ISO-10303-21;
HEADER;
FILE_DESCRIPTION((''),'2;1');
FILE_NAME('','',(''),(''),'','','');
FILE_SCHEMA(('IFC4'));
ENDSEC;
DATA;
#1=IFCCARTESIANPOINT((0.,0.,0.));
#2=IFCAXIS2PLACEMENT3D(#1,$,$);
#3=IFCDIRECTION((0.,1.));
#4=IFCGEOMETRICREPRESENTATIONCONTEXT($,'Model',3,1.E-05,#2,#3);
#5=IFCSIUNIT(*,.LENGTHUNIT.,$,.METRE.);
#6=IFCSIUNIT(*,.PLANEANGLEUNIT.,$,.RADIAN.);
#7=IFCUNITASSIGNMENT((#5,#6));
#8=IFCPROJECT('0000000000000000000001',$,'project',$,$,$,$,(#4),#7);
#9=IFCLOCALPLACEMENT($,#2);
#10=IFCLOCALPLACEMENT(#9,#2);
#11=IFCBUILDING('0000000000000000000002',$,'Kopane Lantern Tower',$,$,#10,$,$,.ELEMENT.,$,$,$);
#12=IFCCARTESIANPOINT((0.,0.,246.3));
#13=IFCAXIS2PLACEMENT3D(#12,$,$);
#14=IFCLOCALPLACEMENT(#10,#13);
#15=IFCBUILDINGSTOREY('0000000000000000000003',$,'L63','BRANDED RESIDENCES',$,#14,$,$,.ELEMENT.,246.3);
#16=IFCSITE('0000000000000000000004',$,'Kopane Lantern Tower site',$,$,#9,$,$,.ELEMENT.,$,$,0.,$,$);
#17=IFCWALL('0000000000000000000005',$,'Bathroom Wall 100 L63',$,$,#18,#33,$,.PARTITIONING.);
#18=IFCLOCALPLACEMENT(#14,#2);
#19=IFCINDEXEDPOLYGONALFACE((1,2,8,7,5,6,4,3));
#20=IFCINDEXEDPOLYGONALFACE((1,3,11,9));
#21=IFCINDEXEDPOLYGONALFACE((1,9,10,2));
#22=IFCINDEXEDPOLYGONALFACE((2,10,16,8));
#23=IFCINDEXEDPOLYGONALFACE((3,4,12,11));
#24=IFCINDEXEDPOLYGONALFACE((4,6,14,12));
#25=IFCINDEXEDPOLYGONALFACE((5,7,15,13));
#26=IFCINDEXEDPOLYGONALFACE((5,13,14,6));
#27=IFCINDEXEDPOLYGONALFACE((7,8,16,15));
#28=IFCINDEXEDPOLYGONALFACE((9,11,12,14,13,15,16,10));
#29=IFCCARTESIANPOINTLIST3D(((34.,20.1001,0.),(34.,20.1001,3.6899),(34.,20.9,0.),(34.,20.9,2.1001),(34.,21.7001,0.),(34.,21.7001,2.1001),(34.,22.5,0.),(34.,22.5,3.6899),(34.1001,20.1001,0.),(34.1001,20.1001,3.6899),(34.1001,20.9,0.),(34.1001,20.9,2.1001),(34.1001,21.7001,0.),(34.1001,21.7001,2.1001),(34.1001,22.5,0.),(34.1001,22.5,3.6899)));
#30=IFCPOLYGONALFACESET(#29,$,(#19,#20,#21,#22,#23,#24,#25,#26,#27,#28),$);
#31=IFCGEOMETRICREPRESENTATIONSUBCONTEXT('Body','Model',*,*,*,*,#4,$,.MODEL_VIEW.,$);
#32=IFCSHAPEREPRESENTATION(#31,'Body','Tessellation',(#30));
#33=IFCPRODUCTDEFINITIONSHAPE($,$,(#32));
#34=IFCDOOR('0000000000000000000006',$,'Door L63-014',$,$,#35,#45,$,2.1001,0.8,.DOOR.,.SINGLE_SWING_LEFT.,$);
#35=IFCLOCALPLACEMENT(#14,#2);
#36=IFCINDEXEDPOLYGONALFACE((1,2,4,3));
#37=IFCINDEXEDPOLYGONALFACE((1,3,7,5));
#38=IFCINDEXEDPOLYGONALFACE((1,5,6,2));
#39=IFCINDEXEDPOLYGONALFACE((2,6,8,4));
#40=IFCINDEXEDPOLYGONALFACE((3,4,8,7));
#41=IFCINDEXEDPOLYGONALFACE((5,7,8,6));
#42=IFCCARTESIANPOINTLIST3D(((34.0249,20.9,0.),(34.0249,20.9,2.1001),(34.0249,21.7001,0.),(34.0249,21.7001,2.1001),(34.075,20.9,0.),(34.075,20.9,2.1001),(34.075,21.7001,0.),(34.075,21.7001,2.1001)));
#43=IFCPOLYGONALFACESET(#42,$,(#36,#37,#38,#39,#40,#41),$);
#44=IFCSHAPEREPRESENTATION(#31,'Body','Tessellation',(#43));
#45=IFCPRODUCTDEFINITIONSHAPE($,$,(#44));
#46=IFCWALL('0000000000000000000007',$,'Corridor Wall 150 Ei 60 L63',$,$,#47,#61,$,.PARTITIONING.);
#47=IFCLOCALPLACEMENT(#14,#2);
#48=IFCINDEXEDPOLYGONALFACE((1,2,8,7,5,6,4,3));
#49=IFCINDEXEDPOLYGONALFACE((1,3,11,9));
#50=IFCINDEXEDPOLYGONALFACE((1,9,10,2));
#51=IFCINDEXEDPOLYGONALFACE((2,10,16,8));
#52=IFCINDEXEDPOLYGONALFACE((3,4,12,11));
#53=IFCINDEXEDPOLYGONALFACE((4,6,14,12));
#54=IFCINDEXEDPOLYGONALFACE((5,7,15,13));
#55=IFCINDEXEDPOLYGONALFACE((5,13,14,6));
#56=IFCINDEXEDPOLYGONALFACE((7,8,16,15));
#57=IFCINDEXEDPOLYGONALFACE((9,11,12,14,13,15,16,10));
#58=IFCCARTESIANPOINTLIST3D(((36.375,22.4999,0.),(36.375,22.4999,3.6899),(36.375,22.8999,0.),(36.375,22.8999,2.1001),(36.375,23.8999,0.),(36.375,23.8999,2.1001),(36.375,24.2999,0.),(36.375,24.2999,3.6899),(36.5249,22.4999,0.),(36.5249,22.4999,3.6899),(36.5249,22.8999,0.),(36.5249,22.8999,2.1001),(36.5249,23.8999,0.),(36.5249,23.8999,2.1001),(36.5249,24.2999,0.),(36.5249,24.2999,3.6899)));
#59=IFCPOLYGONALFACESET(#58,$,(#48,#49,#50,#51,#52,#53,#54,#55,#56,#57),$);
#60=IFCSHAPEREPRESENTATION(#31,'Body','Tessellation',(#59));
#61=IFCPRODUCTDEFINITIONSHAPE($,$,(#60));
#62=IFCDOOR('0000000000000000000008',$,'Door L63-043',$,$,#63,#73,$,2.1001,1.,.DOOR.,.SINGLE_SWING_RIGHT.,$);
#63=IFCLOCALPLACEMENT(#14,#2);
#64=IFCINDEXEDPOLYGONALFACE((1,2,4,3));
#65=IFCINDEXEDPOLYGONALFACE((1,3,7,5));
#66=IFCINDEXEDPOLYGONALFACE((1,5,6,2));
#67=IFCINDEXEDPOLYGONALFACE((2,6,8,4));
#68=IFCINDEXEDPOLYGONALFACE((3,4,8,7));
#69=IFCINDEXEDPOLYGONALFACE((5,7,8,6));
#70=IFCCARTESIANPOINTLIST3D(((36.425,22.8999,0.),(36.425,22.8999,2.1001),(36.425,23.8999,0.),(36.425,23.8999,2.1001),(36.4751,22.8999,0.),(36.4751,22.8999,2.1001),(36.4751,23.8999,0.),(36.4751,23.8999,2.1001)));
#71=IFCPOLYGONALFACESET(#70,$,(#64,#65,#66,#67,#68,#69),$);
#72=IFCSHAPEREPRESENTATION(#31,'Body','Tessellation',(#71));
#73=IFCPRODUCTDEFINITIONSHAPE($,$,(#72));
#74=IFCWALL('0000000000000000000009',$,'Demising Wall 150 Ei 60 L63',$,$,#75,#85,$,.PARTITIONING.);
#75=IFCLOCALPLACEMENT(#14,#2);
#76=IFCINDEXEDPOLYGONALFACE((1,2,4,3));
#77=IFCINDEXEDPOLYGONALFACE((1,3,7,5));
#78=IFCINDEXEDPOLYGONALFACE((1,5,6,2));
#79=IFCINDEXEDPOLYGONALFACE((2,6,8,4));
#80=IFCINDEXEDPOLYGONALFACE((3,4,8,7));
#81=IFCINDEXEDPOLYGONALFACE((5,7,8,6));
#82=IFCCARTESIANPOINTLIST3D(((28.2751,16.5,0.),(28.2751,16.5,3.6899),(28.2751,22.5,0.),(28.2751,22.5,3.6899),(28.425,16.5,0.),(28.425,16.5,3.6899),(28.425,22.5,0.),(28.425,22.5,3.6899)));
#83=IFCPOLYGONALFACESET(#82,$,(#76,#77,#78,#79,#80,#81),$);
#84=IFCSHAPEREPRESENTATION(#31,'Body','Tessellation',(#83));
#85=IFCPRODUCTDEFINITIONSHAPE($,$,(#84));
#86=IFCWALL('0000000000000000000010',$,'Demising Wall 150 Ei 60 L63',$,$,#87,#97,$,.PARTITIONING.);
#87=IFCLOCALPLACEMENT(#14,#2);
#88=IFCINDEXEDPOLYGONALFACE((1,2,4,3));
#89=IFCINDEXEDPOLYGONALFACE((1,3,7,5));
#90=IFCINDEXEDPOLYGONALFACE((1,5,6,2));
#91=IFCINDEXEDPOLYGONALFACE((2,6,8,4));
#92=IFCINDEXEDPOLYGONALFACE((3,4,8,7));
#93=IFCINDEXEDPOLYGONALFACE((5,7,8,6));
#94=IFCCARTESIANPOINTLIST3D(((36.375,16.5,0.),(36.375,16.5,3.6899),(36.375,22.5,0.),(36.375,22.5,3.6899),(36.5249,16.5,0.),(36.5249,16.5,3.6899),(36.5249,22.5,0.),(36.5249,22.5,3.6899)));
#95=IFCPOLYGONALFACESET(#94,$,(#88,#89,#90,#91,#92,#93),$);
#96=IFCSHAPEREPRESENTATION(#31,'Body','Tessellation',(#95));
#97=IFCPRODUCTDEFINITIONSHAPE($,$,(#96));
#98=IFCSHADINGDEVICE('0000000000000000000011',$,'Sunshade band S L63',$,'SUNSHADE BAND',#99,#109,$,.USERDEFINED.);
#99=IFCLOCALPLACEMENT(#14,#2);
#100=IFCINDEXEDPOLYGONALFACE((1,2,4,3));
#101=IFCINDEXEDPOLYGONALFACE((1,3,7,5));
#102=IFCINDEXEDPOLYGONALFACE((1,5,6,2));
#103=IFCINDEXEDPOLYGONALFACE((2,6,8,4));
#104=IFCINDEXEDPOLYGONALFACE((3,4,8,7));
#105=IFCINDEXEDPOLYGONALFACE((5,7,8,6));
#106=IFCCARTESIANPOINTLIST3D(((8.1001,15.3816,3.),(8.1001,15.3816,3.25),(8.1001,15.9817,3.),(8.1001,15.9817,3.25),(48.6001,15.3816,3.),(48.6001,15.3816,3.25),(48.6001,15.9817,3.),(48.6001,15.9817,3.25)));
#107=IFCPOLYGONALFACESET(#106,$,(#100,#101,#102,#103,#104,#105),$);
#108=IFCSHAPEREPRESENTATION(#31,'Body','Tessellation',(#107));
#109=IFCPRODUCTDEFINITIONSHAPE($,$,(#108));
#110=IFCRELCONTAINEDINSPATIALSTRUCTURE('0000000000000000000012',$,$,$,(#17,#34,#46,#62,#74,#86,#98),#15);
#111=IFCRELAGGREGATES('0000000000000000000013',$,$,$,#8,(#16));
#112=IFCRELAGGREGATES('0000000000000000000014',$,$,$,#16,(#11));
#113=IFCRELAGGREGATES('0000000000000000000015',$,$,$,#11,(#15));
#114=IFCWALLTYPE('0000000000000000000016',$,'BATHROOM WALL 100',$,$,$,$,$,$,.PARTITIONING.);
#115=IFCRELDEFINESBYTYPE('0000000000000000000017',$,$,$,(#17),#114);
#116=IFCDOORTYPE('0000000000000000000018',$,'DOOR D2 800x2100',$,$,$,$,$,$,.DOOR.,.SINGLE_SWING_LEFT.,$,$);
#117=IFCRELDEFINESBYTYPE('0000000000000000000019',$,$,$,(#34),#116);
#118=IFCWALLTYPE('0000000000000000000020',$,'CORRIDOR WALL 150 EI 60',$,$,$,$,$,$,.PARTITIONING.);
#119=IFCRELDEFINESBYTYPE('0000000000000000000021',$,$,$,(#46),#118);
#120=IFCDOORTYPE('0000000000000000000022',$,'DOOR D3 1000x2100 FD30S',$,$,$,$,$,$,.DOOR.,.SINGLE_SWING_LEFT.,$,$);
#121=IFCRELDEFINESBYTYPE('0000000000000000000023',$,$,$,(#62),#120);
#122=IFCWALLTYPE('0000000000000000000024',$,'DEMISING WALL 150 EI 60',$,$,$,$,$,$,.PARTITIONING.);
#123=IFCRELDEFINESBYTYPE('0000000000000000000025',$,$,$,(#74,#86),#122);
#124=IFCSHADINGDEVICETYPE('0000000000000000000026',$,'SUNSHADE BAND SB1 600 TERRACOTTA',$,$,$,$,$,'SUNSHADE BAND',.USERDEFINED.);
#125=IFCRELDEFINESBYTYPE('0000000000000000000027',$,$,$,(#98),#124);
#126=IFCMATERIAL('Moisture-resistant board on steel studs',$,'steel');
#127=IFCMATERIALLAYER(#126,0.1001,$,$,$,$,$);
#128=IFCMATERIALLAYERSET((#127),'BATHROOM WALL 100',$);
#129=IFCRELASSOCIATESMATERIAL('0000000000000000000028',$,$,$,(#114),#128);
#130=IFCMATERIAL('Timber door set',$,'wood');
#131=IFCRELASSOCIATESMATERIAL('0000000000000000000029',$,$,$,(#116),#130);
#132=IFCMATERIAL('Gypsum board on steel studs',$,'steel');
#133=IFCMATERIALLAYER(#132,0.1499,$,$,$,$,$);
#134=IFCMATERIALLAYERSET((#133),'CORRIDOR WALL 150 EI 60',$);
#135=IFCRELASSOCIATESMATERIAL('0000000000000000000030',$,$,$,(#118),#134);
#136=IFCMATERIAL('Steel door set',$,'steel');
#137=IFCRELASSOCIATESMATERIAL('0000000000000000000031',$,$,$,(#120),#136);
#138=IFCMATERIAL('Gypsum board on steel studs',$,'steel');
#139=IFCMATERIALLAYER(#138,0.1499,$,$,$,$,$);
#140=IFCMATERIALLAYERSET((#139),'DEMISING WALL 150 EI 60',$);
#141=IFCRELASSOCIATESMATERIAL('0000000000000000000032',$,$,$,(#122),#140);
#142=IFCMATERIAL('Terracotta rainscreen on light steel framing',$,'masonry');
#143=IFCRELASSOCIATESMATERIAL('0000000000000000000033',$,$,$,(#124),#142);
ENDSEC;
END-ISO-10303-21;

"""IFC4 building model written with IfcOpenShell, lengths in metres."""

from ifc_helpers import new_model, si_unit, direction, frame, frame_2d, origin, origin_2d, place, context, subcontext, project, spatial, rectangle, extrude, material, layer, layer_set, type_object, element, fill, save


model = new_model("IFC4")

# Units and contexts
model_context = context("Model", 3, precision=1e-05, world=origin(), true_north=direction((0.0, 1.0)))
body_context = subcontext(model_context, "Body", "Model", "MODEL_VIEW")
ifc_project = project(units=[si_unit("LENGTHUNIT", "METRE"), si_unit("PLANEANGLEUNIT", "RADIAN")], contexts=[model_context])

# Site, building, storey
site_placement = place(None, origin())
site = spatial("IfcSite", under=ifc_project, at=site_placement, Name="Kopane Lantern Tower site", CompositionType="ELEMENT", RefElevation=0.0)
building_placement = place(site_placement, origin())
building = spatial("IfcBuilding", under=site, at=building_placement, Name="Kopane Lantern Tower", CompositionType="ELEMENT")
storey_placement = place(building_placement, frame((0.0, 0.0, 246.3)))
storey = spatial("IfcBuildingStorey", under=building, at=storey_placement, Name="L63", Description="BRANDED RESIDENCES", CompositionType="ELEMENT", Elevation=246.3)

# Walls, openings, doors
ifc_material_1 = material(Name="Moisture-resistant board on steel studs", Category="steel")
ifc_layer_1 = layer(ifc_material_1, 0.1001)
ifc_layer_set_1 = layer_set([ifc_layer_1], Name="BATHROOM WALL 100")
wall_type_1 = type_object("IfcWallType", Name="BATHROOM WALL 100", PredefinedType="PARTITIONING", material=ifc_layer_set_1)
ifc_material_2 = material(Name="Timber door set", Category="wood")
door_type_1 = type_object("IfcDoorType", Name="DOOR D2 800x2100", OperationType="SINGLE_SWING_LEFT", PredefinedType="DOOR", material=ifc_material_2)
wall_1_placement = place(storey_placement, frame((34.05, 22.5, 0.0), z_axis=(0.0, 0.0, 1.0), x_axis=(0.0, -1.0, 0.0)))
wall_1 = element("IfcWall", 1, at=wall_1_placement, inside=storey, type_object=wall_type_1, Name="Bathroom Wall 100 L63", PredefinedType="PARTITIONING", context=body_context, shape_type="SweptSolid", body=[
    extrude(rectangle(XDim=2.3999, YDim=0.1001, at=frame_2d((1.2, 0.0))), origin(), (0.0, 0.0, 1.0), 3.6899),
])
opening_1_placement = place(wall_1_placement, frame((0.8, 0.0, 0.0)))
opening_1 = element("IfcOpeningElement", 2, at=opening_1_placement, cuts=wall_1, PredefinedType="OPENING", context=body_context, shape_type="SweptSolid", body=[
    extrude(rectangle(XDim=0.8, YDim=2.1001, at=frame_2d((0.3999, 1.05))), frame((0.0, 0.0601, 0.0), z_axis=(0.0, -1.0, 0.0), x_axis=(1.0, 0.0, 0.0)), (0.0, 0.0, 1.0), 0.1201),
])
door_1_placement = place(opening_1_placement, origin())
door_1 = element("IfcDoor", 3, at=door_1_placement, inside=storey, type_object=door_type_1, Name="Door L63-014", OperationType="SINGLE_SWING_LEFT", OverallHeight=2.1001, OverallWidth=0.8, PredefinedType="DOOR", context=body_context, shape_type="SweptSolid", body=[
    extrude(rectangle(XDim=0.8, YDim=2.1001, at=frame_2d((0.3999, 1.05))), frame((0.0, 0.0249, 0.0), z_axis=(0.0, -1.0, 0.0), x_axis=(1.0, 0.0, 0.0)), (0.0, 0.0, 1.0), 0.05),
])
fill(opening_1, door_1)
ifc_material_3 = material(Name="Gypsum board on steel studs", Category="steel")
ifc_layer_2 = layer(ifc_material_3, 0.1499)
ifc_layer_set_2 = layer_set([ifc_layer_2], Name="CORRIDOR WALL 150 EI 60")
wall_type_2 = type_object("IfcWallType", Name="CORRIDOR WALL 150 EI 60", PredefinedType="PARTITIONING", material=ifc_layer_set_2)
wall_2_placement = place(storey_placement, frame((36.45, 22.5, 0.0), z_axis=(0.0, 0.0, 1.0), x_axis=(0.0, 1.0, 0.0)))
wall_2 = element("IfcWall", 4, at=wall_2_placement, inside=storey, type_object=wall_type_2, Name="Corridor Wall 150 Ei 60 L63", PredefinedType="PARTITIONING", context=body_context, shape_type="SweptSolid", body=[
    extrude(rectangle(XDim=1.8, YDim=0.1499, at=frame_2d((0.8999, 0.0))), origin(), (0.0, 0.0, 1.0), 3.6899),
])
opening_2_placement = place(wall_2_placement, frame((0.3999, 0.0, 0.0)))
opening_2 = element("IfcOpeningElement", 5, at=opening_2_placement, cuts=wall_2, PredefinedType="OPENING", context=body_context, shape_type="SweptSolid", body=[
    extrude(rectangle(XDim=1.0, YDim=2.1001, at=frame_2d((0.5, 1.05))), frame((0.0, 0.085, 0.0), z_axis=(0.0, -1.0, 0.0), x_axis=(1.0, 0.0, 0.0)), (0.0, 0.0, 1.0), 0.1699),
])
ifc_material_4 = material(Name="Steel door set", Category="steel")
door_type_2 = type_object("IfcDoorType", Name="DOOR D3 1000x2100 FD30S", OperationType="SINGLE_SWING_LEFT", PredefinedType="DOOR", material=ifc_material_4)
door_2_placement = place(opening_2_placement, origin())
door_2 = element("IfcDoor", 6, at=door_2_placement, inside=storey, type_object=door_type_2, Name="Door L63-043", OperationType="SINGLE_SWING_RIGHT", OverallHeight=2.1001, OverallWidth=1.0, PredefinedType="DOOR", context=body_context, shape_type="SweptSolid", body=[
    extrude(rectangle(XDim=1.0, YDim=2.1001, at=frame_2d((0.5, 1.05))), frame((0.0, 0.0249, 0.0), z_axis=(0.0, -1.0, 0.0), x_axis=(1.0, 0.0, 0.0)), (0.0, 0.0, 1.0), 0.05),
])
fill(opening_2, door_2)

# Walls
ifc_material_5 = material(Name="Gypsum board on steel studs", Category="steel")
ifc_layer_3 = layer(ifc_material_5, 0.1499)
ifc_layer_set_3 = layer_set([ifc_layer_3], Name="DEMISING WALL 150 EI 60")
wall_type_3 = type_object("IfcWallType", Name="DEMISING WALL 150 EI 60", PredefinedType="PARTITIONING", material=ifc_layer_set_3)
for number, where, z_axis, x_axis, name in (
    (7, (28.3501, 22.5, 0.0), (0.0, 0.0, 1.0), (0.0, -1.0, 0.0), "Demising Wall 150 Ei 60 L63"),
    (8, (36.45, 16.5, 0.0), (0.0, 0.0, 1.0), (0.0, 1.0, 0.0), "Demising Wall 150 Ei 60 L63"),
):
    element("IfcWall", number, at=place(storey_placement, frame(where, z_axis=z_axis, x_axis=x_axis)), inside=storey, type_object=wall_type_3, Name=name, PredefinedType="PARTITIONING", context=body_context, shape_type="SweptSolid", body=[
        extrude(rectangle(XDim=6.0, YDim=0.1499, at=frame_2d((3.0, 0.0))), origin(), (0.0, 0.0, 1.0), 3.6899),
    ])

# Shading device
ifc_material_6 = material(Name="Terracotta rainscreen on light steel framing", Category="masonry")
shading_device_type = type_object("IfcShadingDeviceType", Name="SUNSHADE BAND SB1 600 TERRACOTTA", ElementType="SUNSHADE BAND", PredefinedType="USERDEFINED", material=ifc_material_6)
shading_device_placement = place(storey_placement, frame((28.3501, 15.6816, 3.0), z_axis=(0.0, 0.0, 1.0), x_axis=(1.0, 0.0, 0.0)))
element("IfcShadingDevice", 9, at=shading_device_placement, inside=storey, type_object=shading_device_type, Name="Sunshade band S L63", ObjectType="SUNSHADE BAND", PredefinedType="USERDEFINED", context=body_context, shape_type="SweptSolid", body=[
    extrude(rectangle(XDim=40.5, YDim=0.6001, at=origin_2d()), origin(), (0.0, 0.0, 1.0), 0.25),
])

save(model, "model.ifc")
